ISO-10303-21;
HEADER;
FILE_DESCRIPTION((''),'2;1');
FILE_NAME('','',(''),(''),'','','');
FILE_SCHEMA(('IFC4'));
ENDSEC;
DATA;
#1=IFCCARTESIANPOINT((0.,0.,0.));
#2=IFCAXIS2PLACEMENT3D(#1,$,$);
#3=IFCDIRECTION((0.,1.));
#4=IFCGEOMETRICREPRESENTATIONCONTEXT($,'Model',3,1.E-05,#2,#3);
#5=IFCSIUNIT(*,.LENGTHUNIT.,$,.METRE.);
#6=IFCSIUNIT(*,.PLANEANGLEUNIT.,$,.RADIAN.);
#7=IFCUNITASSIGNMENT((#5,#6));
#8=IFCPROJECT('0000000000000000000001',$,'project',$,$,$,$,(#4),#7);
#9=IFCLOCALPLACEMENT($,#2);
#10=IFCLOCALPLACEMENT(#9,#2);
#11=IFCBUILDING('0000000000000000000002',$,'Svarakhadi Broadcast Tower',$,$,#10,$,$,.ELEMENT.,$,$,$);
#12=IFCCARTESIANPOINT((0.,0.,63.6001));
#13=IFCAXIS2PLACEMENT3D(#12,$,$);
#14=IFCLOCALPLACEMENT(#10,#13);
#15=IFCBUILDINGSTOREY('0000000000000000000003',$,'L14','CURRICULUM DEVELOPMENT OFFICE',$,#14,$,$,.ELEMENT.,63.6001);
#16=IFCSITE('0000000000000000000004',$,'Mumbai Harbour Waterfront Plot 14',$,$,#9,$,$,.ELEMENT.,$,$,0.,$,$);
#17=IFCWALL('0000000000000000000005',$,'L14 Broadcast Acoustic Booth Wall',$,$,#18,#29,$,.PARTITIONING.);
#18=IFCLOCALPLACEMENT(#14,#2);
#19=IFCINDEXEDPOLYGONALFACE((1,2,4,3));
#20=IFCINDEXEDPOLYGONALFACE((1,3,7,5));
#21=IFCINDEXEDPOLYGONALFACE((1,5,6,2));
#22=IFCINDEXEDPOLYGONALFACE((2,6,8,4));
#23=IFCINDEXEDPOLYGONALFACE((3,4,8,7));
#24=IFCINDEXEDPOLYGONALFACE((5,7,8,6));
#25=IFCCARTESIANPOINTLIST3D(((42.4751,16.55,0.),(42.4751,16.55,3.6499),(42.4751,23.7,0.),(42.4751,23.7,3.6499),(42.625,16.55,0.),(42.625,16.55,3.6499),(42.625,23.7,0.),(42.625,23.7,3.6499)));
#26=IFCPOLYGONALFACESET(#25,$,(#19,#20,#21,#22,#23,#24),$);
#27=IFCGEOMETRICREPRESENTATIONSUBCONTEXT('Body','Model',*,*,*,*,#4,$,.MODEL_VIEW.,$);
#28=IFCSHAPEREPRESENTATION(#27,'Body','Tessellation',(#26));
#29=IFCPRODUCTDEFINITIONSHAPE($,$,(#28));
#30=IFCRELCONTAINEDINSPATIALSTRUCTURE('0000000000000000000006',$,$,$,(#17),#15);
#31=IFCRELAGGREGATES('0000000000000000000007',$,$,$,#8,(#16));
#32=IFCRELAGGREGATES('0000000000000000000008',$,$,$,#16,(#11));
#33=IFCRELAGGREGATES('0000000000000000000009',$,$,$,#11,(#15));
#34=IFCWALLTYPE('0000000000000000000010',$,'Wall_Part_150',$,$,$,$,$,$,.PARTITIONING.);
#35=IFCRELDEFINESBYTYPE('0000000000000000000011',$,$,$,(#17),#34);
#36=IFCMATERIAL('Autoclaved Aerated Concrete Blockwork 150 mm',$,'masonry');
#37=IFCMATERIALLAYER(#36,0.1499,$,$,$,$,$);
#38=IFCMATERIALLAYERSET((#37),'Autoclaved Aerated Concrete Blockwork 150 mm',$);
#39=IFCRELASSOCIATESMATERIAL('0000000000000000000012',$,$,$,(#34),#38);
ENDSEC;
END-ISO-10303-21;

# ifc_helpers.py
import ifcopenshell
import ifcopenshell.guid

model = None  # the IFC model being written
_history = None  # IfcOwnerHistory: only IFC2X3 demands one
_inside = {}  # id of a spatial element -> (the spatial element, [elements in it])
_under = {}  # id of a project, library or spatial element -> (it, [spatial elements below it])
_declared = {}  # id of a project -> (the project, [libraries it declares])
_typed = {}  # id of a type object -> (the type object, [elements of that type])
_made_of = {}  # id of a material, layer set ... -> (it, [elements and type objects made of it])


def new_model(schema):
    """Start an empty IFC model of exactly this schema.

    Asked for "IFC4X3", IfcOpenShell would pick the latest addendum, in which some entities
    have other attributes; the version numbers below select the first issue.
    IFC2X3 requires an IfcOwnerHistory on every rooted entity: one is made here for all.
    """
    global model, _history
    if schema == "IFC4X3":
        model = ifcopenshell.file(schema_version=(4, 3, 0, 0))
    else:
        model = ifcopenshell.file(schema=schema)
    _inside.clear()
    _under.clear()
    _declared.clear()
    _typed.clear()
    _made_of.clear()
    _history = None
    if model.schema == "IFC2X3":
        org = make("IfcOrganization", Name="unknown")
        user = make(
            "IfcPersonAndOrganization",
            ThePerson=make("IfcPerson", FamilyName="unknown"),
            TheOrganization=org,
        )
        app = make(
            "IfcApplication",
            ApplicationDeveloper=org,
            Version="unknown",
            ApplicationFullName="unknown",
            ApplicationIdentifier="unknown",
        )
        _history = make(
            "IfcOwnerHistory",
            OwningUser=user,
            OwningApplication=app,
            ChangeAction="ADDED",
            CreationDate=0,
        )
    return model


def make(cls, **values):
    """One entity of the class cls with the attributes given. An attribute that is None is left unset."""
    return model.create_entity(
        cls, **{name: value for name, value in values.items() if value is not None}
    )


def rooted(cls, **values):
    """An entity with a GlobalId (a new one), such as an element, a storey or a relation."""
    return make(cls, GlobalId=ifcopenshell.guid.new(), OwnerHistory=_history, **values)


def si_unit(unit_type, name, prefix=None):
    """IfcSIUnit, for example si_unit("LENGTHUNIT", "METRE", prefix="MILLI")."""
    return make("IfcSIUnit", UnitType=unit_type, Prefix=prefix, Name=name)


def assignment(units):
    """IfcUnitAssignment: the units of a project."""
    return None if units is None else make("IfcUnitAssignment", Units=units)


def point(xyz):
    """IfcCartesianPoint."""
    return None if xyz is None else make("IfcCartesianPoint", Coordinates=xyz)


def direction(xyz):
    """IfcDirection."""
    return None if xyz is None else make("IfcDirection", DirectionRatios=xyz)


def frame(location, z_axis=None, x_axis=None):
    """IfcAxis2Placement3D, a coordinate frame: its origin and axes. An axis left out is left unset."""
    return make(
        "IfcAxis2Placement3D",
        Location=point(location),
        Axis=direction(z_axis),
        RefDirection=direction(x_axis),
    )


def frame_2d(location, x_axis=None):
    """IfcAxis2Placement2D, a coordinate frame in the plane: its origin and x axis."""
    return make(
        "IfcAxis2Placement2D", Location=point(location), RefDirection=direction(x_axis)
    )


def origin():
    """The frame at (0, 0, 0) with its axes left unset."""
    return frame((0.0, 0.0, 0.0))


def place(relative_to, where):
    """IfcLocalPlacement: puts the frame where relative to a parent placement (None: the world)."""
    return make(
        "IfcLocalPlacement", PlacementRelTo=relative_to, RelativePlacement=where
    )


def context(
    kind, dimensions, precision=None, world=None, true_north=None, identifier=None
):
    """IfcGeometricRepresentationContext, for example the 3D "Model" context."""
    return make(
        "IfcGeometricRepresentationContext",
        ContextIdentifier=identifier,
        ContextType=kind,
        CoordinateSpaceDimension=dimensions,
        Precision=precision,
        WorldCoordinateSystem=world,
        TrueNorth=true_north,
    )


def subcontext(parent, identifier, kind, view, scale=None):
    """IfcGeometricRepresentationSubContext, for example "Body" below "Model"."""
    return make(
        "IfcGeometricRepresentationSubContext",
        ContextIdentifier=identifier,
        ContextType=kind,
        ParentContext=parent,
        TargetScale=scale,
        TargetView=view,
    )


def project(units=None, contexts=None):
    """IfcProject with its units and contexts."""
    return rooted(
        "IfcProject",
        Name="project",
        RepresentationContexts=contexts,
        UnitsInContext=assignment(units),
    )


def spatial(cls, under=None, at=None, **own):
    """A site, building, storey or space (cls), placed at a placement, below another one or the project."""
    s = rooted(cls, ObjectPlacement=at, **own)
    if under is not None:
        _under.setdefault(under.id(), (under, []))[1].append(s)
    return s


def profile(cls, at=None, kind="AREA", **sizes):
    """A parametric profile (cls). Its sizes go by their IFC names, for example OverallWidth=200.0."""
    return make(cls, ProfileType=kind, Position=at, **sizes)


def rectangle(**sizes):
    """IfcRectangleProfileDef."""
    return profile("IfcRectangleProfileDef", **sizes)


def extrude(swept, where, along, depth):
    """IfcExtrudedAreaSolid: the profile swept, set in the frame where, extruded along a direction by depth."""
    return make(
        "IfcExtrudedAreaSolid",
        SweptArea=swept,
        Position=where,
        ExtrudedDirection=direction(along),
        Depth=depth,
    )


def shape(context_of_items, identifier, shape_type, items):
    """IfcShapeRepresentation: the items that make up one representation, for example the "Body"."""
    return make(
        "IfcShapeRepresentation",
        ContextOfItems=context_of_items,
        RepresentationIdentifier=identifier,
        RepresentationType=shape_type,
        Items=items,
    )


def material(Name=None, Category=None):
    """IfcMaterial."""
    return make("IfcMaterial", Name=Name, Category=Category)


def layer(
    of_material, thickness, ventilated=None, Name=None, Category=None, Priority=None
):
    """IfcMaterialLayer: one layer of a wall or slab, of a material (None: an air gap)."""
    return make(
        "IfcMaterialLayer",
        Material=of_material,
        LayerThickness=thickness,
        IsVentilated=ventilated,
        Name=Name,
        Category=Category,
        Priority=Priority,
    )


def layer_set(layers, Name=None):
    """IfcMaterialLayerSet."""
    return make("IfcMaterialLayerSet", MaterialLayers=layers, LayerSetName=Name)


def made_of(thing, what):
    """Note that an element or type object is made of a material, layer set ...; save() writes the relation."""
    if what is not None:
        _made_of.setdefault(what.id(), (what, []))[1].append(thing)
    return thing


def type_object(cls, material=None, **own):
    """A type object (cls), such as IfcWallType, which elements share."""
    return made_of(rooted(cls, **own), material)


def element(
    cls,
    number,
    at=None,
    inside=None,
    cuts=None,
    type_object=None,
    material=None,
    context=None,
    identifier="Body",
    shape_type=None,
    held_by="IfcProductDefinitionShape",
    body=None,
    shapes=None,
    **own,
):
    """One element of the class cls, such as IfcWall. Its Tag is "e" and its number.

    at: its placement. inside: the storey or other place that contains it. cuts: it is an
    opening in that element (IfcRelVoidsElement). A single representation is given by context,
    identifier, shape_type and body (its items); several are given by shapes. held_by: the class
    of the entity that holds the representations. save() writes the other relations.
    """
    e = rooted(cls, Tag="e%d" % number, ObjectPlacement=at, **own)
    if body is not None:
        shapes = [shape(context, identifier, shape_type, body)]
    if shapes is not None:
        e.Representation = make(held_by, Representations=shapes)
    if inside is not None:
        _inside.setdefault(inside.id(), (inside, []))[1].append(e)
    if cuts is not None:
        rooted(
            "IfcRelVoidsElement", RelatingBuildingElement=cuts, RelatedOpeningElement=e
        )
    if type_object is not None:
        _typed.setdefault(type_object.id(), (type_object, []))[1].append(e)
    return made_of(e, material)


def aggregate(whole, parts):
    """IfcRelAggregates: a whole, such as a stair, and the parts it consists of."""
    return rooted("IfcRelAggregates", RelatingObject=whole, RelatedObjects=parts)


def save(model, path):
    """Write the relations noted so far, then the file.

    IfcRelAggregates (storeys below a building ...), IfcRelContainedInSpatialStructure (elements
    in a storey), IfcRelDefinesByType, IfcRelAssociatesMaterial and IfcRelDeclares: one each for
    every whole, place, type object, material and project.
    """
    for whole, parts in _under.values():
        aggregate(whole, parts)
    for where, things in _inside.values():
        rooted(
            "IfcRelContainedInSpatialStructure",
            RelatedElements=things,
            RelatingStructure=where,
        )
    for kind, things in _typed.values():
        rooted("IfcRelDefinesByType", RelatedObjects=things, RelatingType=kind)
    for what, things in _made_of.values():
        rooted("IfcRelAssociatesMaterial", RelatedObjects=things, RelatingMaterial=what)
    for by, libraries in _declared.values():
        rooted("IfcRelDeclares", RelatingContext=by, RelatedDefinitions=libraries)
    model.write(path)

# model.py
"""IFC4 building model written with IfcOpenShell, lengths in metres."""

from ifc_helpers import new_model, si_unit, direction, frame, frame_2d, origin, place, context, subcontext, project, spatial, rectangle, extrude, material, layer, layer_set, type_object, element, save


model = new_model("IFC4")

# Units and contexts
model_context = context("Model", 3, precision=1e-05, world=origin(), true_north=direction((0.0, 1.0)))
body_context = subcontext(model_context, "Body", "Model", "MODEL_VIEW")
ifc_project = project(units=[si_unit("LENGTHUNIT", "METRE"), si_unit("PLANEANGLEUNIT", "RADIAN")], contexts=[model_context])

# Site, building, storey
site_placement = place(None, origin())
site = spatial("IfcSite", under=ifc_project, at=site_placement, Name="Mumbai Harbour Waterfront Plot 14", CompositionType="ELEMENT", RefElevation=0.0)
building_placement = place(site_placement, origin())
building = spatial("IfcBuilding", under=site, at=building_placement, Name="Svarakhadi Broadcast Tower", CompositionType="ELEMENT")
storey_placement = place(building_placement, frame((0.0, 0.0, 63.6001)))
storey = spatial("IfcBuildingStorey", under=building, at=storey_placement, Name="L14", Description="CURRICULUM DEVELOPMENT OFFICE", CompositionType="ELEMENT", Elevation=63.6001)

# Wall
ifc_material_1 = material(Name="Autoclaved Aerated Concrete Blockwork 150 mm", Category="masonry")
ifc_layer_1 = layer(ifc_material_1, 0.1499)
ifc_layer_set_1 = layer_set([ifc_layer_1], Name="Autoclaved Aerated Concrete Blockwork 150 mm")
wall_type_1 = type_object("IfcWallType", Name="Wall_Part_150", PredefinedType="PARTITIONING", material=ifc_layer_set_1)
wall_1_placement = place(storey_placement, frame((42.55, 16.55, 0.0), z_axis=(0.0, 0.0, 1.0), x_axis=(0.0, 1.0, 0.0)))
element("IfcWall", 1, at=wall_1_placement, inside=storey, type_object=wall_type_1, Name="L14 Broadcast Acoustic Booth Wall", PredefinedType="PARTITIONING", context=body_context, shape_type="SweptSolid", body=[
    extrude(rectangle(XDim=7.1499, YDim=0.1499, at=frame_2d((3.575, 0.0))), origin(), (0.0, 0.0, 1.0), 3.6499),
])

save(model, "model.ifc")
